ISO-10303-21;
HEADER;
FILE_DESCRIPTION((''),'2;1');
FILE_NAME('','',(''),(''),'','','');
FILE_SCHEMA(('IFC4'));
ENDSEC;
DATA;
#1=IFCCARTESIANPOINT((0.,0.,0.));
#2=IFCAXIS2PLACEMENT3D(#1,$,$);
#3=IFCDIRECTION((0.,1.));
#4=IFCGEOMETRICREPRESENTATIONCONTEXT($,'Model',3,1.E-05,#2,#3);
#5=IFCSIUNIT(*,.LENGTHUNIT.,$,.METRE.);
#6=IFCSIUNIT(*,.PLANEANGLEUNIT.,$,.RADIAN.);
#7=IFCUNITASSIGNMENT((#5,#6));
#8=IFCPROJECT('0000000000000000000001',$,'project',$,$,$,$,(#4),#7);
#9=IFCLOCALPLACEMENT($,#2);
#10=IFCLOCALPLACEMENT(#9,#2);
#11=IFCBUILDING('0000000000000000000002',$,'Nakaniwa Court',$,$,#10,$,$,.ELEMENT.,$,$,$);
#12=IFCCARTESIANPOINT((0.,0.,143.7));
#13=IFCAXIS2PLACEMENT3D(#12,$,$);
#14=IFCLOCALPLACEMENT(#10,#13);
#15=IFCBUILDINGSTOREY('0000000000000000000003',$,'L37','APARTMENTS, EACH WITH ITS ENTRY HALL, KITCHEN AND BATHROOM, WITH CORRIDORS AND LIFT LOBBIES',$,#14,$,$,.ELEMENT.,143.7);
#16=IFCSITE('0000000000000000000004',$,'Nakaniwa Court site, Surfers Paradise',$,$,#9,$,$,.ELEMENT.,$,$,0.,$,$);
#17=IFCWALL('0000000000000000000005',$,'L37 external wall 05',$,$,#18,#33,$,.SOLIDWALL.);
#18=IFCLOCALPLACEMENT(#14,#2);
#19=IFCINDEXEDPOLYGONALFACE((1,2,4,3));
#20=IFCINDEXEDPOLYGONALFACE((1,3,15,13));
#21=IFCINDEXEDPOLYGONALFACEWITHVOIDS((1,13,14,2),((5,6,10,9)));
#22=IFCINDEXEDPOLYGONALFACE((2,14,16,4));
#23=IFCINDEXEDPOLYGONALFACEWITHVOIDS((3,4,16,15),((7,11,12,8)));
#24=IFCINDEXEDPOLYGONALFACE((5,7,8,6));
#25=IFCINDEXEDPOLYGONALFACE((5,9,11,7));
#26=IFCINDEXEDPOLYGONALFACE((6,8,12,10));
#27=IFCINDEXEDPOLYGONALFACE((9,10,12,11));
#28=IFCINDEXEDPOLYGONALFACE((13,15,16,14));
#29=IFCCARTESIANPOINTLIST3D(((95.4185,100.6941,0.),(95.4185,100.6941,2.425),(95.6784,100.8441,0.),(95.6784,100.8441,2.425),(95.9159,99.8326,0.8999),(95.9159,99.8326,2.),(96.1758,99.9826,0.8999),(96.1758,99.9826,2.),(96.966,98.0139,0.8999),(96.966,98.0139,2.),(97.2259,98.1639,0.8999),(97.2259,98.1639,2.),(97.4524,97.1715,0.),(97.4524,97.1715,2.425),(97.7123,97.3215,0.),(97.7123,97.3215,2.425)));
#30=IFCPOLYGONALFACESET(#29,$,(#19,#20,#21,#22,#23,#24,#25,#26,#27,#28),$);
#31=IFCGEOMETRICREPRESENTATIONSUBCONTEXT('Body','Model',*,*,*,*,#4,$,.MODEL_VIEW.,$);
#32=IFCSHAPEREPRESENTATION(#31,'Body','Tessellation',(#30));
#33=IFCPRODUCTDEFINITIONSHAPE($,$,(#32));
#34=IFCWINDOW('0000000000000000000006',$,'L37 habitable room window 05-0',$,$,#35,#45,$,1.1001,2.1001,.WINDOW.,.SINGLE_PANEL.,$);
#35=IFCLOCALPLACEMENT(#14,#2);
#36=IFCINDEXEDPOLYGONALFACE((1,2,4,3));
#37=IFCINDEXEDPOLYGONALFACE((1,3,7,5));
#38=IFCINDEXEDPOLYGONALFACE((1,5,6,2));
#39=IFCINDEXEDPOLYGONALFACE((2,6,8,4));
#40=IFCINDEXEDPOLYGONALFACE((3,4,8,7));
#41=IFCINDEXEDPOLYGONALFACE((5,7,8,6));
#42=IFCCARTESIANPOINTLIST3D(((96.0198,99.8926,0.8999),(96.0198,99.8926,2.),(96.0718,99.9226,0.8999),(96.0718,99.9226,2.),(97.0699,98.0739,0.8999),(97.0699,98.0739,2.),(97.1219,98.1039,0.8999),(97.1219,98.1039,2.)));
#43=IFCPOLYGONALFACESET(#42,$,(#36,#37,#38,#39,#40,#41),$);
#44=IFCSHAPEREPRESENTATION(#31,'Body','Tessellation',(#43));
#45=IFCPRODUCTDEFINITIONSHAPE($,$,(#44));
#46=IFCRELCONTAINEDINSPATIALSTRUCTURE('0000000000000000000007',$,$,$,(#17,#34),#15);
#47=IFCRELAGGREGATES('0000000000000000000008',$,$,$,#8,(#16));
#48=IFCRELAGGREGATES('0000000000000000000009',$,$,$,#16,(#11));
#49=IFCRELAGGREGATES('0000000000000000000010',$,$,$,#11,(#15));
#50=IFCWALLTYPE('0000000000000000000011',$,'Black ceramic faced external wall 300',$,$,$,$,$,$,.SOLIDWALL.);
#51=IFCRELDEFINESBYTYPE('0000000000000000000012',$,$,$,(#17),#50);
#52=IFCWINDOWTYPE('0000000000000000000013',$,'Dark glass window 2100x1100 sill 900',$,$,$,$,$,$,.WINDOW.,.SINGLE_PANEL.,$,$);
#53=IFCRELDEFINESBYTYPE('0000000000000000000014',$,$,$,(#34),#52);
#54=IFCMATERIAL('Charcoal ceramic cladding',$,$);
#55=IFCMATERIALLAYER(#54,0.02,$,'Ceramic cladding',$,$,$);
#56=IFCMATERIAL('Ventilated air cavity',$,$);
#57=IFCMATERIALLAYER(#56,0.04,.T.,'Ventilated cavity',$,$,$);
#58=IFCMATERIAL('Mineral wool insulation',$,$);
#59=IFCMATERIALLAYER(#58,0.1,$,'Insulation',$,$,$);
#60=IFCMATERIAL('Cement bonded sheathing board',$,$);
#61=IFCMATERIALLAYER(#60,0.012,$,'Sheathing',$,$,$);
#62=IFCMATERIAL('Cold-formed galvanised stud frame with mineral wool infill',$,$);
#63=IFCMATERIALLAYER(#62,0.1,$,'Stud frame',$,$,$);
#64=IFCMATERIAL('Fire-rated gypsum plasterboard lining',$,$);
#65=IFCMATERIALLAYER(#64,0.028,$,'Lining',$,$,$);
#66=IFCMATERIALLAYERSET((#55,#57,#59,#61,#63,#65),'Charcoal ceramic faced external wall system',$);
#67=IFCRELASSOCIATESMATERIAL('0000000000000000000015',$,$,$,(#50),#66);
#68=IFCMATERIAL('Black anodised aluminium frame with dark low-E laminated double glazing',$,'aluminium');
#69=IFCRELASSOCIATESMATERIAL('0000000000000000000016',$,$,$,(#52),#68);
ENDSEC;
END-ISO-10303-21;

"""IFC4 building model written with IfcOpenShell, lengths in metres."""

from ifc_helpers import new_model, si_unit, direction, frame, frame_2d, origin, place, context, subcontext, project, spatial, rectangle, extrude, material, layer, layer_set, type_object, element, fill, save


model = new_model("IFC4")

# Units and contexts
model_context = context("Model", 3, precision=1e-05, world=origin(), true_north=direction((0.0, 1.0)))
body_context = subcontext(model_context, "Body", "Model", "MODEL_VIEW")
ifc_project = project(units=[si_unit("LENGTHUNIT", "METRE"), si_unit("PLANEANGLEUNIT", "RADIAN")], contexts=[model_context])

# Site, building, storey
site_placement = place(None, origin())
site = spatial("IfcSite", under=ifc_project, at=site_placement, Name="Nakaniwa Court site, Surfers Paradise", CompositionType="ELEMENT", RefElevation=0.0)
building_placement = place(site_placement, origin())
building = spatial("IfcBuilding", under=site, at=building_placement, Name="Nakaniwa Court", CompositionType="ELEMENT")
storey_placement = place(building_placement, frame((0.0, 0.0, 143.7)))
storey = spatial("IfcBuildingStorey", under=building, at=storey_placement, Name="L37", Description="APARTMENTS, EACH WITH ITS ENTRY HALL, KITCHEN AND BATHROOM, WITH CORRIDORS AND LIFT LOBBIES", CompositionType="ELEMENT", Elevation=143.7)

# Wall, opening, window
ifc_material_1 = material(Name="Charcoal ceramic cladding")
ifc_layer_1 = layer(ifc_material_1, 0.02, Name="Ceramic cladding")
ifc_material_2 = material(Name="Ventilated air cavity")
ifc_layer_2 = layer(ifc_material_2, 0.04, ventilated=True, Name="Ventilated cavity")
ifc_material_3 = material(Name="Mineral wool insulation")
ifc_layer_3 = layer(ifc_material_3, 0.1, Name="Insulation")
ifc_material_4 = material(Name="Cement bonded sheathing board")
ifc_layer_4 = layer(ifc_material_4, 0.012, Name="Sheathing")
ifc_material_5 = material(Name="Cold-formed galvanised stud frame with mineral wool infill")
ifc_layer_5 = layer(ifc_material_5, 0.1, Name="Stud frame")
ifc_material_6 = material(Name="Fire-rated gypsum plasterboard lining")
ifc_layer_6 = layer(ifc_material_6, 0.028, Name="Lining")
ifc_layer_set_1 = layer_set([ifc_layer_1, ifc_layer_2, ifc_layer_3, ifc_layer_4, ifc_layer_5, ifc_layer_6], Name="Charcoal ceramic faced external wall system")
wall_type_1 = type_object("IfcWallType", Name="Black ceramic faced external wall 300", PredefinedType="SOLIDWALL", material=ifc_layer_set_1)
ifc_material_7 = material(Name="Black anodised aluminium frame with dark low-E laminated double glazing", Category="aluminium")
window_type = type_object("IfcWindowType", Name="Dark glass window 2100x1100 sill 900", PartitioningType="SINGLE_PANEL", PredefinedType="WINDOW", material=ifc_material_7)
wall_1_placement = place(storey_placement, frame((97.5823, 97.2466, 0.0), z_axis=(0.0, 0.0, 1.0), x_axis=(-0.500019, 0.866015, 0.0)))
wall_1 = element("IfcWall", 1, at=wall_1_placement, inside=storey, type_object=wall_type_1, Name="L37 external wall 05", PredefinedType="SOLIDWALL", context=body_context, shape_type="SweptSolid", body=[
    extrude(rectangle(XDim=4.0676, YDim=0.3, at=frame_2d((2.0337, 0.0))), origin(), (0.0, 0.0, 1.0), 2.425),
])
opening_1_placement = place(wall_1_placement, frame((0.9727, 0.0, 0.8999)))
opening_1 = element("IfcOpeningElement", 2, at=opening_1_placement, cuts=wall_1, PredefinedType="OPENING", context=body_context, shape_type="SweptSolid", body=[
    extrude(rectangle(XDim=2.1001, YDim=1.1001, at=frame_2d((1.05, 0.55))), frame((0.0, 0.1599, 0.0), z_axis=(0.0, -1.0, 0.0), x_axis=(1.0, 0.0, 0.0)), (0.0, 0.0, 1.0), 0.3201),
])
window_1_placement = place(opening_1_placement, origin())
window_1 = element("IfcWindow", 3, at=window_1_placement, inside=storey, type_object=window_type, Name="L37 habitable room window 05-0", OverallHeight=1.1001, OverallWidth=2.1001, PartitioningType="SINGLE_PANEL", PredefinedType="WINDOW", context=body_context, shape_type="SweptSolid", body=[
    extrude(rectangle(XDim=2.1001, YDim=1.1001, at=frame_2d((1.05, 0.55))), frame((0.0, 0.03, 0.0), z_axis=(0.0, -1.0, 0.0), x_axis=(1.0, 0.0, 0.0)), (0.0, 0.0, 1.0), 0.0601),
])
fill(opening_1, window_1)

save(model, "model.ifc")
